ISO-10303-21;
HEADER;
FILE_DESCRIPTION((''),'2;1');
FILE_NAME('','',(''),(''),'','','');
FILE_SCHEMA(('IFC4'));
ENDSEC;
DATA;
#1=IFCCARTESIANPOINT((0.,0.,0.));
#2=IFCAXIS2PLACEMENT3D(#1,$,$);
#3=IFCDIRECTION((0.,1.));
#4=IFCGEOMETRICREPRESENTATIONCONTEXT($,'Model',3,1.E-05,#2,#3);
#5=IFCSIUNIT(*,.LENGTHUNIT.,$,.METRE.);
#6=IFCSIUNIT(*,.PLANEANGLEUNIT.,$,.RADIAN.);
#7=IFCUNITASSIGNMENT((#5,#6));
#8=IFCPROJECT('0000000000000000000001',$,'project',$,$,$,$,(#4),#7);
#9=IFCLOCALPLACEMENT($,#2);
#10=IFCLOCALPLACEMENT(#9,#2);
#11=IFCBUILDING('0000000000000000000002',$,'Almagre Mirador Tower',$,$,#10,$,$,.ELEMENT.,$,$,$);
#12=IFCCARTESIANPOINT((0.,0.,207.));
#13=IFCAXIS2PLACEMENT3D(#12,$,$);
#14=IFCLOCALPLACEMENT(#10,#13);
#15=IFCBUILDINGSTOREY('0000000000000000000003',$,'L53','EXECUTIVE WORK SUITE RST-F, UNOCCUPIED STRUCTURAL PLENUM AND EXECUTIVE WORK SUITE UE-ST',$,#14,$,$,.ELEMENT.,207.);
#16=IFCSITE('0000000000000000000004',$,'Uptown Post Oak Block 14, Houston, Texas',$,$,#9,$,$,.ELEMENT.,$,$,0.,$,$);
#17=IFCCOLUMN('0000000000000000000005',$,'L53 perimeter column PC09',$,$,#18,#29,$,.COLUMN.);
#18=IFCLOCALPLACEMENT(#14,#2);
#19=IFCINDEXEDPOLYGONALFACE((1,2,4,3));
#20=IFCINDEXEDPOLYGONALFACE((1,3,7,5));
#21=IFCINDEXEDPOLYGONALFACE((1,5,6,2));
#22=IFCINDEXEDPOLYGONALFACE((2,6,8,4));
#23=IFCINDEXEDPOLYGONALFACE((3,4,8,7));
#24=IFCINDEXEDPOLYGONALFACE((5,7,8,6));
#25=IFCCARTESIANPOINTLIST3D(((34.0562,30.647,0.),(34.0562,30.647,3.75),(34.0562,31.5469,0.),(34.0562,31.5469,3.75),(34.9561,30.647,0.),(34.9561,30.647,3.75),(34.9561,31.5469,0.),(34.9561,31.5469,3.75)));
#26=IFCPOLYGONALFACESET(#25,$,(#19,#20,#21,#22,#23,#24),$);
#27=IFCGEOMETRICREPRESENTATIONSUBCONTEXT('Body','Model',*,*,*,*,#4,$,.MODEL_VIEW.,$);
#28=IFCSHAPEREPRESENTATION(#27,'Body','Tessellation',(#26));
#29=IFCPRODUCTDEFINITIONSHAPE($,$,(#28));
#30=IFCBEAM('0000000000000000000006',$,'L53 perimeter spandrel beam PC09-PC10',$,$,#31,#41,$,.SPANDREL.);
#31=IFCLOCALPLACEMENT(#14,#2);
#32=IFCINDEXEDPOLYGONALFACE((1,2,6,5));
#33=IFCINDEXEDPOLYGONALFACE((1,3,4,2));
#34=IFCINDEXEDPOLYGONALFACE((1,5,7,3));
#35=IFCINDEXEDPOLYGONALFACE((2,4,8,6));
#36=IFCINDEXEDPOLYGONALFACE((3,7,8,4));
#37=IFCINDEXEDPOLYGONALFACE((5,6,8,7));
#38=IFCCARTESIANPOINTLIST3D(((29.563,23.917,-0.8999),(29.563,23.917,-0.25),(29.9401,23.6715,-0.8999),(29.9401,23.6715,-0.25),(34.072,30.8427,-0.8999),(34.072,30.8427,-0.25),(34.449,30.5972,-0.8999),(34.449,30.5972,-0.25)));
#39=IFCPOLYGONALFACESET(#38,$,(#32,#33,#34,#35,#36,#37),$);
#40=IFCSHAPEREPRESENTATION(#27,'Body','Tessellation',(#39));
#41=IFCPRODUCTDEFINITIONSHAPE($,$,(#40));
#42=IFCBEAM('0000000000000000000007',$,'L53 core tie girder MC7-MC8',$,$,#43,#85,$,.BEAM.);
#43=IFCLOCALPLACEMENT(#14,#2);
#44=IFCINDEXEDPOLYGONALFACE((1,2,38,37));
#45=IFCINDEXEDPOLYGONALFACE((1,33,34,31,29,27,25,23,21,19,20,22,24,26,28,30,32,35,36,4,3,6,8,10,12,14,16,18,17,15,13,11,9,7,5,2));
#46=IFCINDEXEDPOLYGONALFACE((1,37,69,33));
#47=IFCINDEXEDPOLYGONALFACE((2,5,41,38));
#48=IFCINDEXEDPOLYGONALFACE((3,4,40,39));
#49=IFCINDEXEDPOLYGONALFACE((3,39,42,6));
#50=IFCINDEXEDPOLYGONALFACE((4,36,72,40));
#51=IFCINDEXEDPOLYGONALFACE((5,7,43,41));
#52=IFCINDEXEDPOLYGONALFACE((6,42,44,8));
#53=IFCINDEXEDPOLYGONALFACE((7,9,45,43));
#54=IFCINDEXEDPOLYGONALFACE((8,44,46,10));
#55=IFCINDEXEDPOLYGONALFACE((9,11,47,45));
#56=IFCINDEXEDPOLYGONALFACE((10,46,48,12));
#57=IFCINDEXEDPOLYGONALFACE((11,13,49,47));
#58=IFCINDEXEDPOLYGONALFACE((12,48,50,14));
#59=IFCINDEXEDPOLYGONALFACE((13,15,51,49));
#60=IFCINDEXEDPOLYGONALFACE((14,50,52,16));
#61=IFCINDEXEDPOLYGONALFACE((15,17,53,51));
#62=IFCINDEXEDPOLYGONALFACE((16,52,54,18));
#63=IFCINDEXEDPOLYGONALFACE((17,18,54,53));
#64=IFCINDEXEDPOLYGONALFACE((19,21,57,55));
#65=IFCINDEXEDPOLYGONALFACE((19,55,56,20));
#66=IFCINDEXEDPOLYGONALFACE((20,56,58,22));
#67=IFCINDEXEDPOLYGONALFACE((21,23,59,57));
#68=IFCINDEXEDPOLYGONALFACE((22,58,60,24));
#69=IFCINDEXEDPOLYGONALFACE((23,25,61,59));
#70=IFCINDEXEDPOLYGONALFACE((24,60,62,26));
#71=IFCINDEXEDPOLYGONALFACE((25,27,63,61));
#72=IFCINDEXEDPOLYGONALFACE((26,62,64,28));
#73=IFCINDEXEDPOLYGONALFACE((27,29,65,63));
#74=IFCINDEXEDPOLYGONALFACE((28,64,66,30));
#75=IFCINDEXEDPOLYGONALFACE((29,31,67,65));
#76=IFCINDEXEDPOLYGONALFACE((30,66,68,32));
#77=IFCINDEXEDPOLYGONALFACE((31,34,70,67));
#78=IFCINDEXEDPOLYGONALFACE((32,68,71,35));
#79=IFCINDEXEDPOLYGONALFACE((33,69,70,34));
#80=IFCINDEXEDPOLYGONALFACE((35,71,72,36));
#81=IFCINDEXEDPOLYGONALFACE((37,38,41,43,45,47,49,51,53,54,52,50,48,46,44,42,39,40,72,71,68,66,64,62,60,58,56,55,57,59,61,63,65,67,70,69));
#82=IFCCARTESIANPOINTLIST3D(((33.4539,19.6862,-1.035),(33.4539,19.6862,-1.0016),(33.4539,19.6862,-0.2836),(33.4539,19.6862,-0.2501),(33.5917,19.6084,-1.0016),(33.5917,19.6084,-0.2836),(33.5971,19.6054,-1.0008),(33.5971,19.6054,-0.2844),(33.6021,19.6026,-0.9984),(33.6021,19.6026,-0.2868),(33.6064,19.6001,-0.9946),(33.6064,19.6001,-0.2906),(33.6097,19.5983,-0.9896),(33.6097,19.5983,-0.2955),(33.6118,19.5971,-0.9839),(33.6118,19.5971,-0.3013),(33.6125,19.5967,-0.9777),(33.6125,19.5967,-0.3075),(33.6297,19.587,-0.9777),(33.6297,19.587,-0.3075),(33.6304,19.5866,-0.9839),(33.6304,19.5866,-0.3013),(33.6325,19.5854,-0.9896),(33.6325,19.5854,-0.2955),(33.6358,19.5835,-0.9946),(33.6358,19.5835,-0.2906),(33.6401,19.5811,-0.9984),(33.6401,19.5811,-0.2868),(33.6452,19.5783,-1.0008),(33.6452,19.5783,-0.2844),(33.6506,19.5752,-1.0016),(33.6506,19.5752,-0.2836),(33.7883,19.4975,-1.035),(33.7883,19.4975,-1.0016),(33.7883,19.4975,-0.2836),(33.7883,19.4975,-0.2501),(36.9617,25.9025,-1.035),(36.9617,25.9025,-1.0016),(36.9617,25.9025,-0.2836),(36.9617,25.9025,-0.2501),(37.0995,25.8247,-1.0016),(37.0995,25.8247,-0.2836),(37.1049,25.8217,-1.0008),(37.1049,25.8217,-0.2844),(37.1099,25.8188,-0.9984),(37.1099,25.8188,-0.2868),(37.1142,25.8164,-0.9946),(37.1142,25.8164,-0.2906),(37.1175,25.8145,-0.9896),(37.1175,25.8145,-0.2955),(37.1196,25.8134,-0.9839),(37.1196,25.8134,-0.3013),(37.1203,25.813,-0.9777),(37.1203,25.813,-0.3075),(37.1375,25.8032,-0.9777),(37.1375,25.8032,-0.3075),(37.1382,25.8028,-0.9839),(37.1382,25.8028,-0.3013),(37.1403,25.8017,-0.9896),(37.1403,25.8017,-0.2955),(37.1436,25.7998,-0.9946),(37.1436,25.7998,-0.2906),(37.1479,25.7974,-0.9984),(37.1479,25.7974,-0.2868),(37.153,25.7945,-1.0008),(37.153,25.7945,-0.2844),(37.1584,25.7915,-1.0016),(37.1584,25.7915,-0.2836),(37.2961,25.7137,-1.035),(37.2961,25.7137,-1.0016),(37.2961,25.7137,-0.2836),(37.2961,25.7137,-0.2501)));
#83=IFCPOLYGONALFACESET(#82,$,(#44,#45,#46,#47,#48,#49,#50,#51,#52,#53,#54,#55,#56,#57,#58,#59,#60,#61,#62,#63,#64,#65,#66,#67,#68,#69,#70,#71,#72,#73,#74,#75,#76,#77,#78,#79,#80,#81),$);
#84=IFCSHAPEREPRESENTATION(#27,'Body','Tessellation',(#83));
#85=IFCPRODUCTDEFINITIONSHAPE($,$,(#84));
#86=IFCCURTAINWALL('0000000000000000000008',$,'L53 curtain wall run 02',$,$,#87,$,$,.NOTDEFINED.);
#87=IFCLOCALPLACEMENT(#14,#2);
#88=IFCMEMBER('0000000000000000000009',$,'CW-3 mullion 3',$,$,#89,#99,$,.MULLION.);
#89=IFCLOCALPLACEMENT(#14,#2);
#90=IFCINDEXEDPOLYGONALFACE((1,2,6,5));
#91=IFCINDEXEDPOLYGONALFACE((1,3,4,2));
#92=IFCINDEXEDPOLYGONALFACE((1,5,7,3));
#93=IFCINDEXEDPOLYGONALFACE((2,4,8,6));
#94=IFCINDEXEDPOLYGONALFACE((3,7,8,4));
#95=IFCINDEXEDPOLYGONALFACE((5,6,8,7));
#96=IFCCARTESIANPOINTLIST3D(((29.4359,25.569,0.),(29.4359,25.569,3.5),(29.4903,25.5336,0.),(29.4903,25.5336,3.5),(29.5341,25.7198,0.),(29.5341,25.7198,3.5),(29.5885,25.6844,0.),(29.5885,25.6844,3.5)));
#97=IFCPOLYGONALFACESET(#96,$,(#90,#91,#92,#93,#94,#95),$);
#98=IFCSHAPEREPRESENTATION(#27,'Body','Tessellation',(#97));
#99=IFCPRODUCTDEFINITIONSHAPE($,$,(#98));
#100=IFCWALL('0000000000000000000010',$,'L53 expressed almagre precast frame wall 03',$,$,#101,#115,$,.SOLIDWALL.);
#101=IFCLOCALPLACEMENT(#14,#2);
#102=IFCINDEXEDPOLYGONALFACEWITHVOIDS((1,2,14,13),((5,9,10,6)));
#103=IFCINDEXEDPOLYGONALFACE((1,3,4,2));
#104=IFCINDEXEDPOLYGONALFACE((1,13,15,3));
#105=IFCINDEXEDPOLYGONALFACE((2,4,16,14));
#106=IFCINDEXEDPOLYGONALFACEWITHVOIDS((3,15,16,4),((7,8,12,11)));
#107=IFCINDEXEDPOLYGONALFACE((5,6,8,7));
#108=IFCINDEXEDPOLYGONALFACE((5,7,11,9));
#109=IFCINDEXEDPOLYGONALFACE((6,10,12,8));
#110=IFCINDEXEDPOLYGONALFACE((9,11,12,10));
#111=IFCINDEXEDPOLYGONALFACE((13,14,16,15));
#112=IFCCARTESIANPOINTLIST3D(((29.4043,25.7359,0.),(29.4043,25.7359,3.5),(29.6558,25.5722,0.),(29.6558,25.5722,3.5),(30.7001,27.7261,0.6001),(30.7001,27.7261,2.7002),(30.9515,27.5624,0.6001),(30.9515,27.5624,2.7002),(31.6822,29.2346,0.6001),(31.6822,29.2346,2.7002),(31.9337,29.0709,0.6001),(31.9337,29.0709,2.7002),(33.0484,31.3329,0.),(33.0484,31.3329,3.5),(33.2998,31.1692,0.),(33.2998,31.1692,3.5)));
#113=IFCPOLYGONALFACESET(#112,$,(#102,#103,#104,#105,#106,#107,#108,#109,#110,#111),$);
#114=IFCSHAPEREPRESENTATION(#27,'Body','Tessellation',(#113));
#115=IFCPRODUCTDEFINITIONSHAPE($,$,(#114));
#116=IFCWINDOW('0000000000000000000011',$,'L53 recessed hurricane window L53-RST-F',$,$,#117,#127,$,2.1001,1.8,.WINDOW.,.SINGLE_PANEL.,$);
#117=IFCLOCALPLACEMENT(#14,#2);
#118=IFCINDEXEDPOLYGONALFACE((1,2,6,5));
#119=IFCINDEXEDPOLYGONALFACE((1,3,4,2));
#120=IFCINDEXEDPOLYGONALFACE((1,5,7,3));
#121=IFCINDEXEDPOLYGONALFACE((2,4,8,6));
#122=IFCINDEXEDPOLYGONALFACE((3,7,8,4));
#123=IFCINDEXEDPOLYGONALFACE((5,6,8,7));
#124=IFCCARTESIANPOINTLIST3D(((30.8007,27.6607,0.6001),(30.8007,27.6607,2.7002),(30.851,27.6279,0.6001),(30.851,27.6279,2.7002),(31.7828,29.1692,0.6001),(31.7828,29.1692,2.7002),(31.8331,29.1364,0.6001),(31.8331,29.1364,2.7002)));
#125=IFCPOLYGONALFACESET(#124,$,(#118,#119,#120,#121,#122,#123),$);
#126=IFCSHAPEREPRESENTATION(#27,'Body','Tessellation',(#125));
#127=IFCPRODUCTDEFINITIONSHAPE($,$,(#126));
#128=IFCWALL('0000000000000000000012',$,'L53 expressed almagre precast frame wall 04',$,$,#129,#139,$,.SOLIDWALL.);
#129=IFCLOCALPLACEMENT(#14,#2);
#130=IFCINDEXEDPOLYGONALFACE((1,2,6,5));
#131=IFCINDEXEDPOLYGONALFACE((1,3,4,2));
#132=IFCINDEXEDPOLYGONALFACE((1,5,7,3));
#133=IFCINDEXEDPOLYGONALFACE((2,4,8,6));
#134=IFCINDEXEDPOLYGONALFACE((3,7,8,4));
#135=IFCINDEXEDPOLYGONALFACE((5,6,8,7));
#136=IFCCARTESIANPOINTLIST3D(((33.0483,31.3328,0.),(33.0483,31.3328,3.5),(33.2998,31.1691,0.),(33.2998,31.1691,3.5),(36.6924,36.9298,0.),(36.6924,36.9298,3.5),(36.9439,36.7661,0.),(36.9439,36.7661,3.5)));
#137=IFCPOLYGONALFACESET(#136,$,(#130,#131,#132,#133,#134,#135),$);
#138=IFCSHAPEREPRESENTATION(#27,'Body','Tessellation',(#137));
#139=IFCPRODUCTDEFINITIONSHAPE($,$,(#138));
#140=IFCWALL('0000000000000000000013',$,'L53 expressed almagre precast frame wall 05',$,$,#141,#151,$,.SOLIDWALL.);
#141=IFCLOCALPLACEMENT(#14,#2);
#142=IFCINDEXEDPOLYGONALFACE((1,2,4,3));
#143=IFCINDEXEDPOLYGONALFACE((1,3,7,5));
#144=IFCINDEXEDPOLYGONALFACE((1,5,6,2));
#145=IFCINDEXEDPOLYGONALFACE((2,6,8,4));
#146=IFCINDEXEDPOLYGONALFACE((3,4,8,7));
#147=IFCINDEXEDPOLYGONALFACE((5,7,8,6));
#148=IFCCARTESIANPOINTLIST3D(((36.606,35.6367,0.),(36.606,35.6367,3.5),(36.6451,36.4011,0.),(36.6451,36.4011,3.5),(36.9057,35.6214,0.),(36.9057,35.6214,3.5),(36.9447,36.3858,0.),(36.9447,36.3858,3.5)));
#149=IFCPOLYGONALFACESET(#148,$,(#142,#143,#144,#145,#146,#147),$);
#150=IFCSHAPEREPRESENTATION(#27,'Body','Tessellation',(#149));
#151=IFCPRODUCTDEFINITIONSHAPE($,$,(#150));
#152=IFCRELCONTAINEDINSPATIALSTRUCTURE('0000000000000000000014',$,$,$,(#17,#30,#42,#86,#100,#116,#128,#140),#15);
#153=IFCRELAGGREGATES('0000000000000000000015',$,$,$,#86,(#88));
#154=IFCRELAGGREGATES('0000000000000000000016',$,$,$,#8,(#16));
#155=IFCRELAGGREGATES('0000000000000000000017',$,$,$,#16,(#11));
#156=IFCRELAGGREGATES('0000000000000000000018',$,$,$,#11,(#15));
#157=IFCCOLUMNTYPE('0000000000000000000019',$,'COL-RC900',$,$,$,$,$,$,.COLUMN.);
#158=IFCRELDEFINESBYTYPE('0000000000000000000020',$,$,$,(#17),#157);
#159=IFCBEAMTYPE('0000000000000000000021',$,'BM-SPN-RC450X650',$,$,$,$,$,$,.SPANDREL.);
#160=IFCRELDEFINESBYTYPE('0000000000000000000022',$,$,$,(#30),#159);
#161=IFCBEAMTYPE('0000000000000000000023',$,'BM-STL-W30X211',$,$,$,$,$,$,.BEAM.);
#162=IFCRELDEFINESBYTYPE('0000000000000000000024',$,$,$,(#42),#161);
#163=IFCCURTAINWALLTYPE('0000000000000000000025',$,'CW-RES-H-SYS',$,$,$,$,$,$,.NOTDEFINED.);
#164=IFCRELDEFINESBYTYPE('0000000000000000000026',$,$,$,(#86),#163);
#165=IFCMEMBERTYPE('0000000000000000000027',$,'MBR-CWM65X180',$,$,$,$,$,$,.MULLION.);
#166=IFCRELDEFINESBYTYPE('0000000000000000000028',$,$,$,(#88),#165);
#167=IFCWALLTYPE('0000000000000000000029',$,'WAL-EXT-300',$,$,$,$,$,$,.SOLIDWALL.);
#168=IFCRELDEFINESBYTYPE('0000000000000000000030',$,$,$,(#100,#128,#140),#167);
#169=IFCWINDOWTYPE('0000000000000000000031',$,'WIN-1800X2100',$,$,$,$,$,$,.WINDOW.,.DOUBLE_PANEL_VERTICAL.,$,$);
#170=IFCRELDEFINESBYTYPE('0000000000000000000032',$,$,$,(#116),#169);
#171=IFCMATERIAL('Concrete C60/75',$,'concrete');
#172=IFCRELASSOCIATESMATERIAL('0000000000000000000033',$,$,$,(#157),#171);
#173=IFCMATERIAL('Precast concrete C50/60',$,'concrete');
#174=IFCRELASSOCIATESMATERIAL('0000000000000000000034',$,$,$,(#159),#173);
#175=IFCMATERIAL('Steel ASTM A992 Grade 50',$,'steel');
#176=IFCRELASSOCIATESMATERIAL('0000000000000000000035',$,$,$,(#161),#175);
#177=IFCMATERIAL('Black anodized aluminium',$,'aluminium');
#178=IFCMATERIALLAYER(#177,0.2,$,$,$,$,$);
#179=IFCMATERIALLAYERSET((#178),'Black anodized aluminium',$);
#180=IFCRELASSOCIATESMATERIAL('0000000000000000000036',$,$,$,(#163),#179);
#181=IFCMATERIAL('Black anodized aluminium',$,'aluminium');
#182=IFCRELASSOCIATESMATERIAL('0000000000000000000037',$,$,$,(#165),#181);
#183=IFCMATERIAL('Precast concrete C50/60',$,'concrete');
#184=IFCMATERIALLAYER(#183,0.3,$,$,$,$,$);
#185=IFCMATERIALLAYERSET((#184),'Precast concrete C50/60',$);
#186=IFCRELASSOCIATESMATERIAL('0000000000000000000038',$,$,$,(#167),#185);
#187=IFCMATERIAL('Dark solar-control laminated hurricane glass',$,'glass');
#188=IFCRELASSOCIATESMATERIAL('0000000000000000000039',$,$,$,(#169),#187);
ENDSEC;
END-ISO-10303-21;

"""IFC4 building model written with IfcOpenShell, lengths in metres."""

from ifc_helpers import new_model, si_unit, direction, frame, frame_2d, origin, origin_2d, place, context, subcontext, project, spatial, rectangle, i_section, extrude, material, layer, layer_set, material_profile, profile_set, type_object, element, fill, aggregate, save


model = new_model("IFC4")

# Units and contexts
model_context = context("Model", 3, precision=1e-05, world=origin(), true_north=direction((0.0, 1.0)))
body_context = subcontext(model_context, "Body", "Model", "MODEL_VIEW")
ifc_project = project(units=[si_unit("LENGTHUNIT", "METRE"), si_unit("PLANEANGLEUNIT", "RADIAN")], contexts=[model_context])

# Site, building, storey
site_placement = place(None, origin())
site = spatial("IfcSite", under=ifc_project, at=site_placement, Name="Uptown Post Oak Block 14, Houston, Texas", CompositionType="ELEMENT", RefElevation=0.0)
building_placement = place(site_placement, origin())
building = spatial("IfcBuilding", under=site, at=building_placement, Name="Almagre Mirador Tower", CompositionType="ELEMENT")
storey_placement = place(building_placement, frame((0.0, 0.0, 207.0)))
storey = spatial("IfcBuildingStorey", under=building, at=storey_placement, Name="L53", Description="EXECUTIVE WORK SUITE RST-F, UNOCCUPIED STRUCTURAL PLENUM AND EXECUTIVE WORK SUITE UE-ST", CompositionType="ELEMENT", Elevation=207.0)

# Column
ifc_material_1 = material(Name="Concrete C60/75", Category="concrete")
ifc_material_profile_1 = material_profile(ifc_material_1, rectangle(XDim=0.8999, YDim=0.8999, at=origin_2d()), Name="RC900X900")
ifc_profile_set_1 = profile_set([ifc_material_profile_1], Name="Concrete C60/75")
column_type = type_object("IfcColumnType", Name="COL-RC900", PredefinedType="COLUMN", material=ifc_profile_set_1)
column_placement = place(storey_placement, frame((34.5061, 31.0969, 0.0), z_axis=(0.0, 0.0, 1.0), x_axis=(1.0, 0.0, 0.0)))
element("IfcColumn", 1, at=column_placement, inside=storey, type_object=column_type, Name="L53 perimeter column PC09", PredefinedType="COLUMN", context=body_context, shape_type="SweptSolid", body=[
    extrude(rectangle(XDim=0.8999, YDim=0.8999, at=origin_2d()), origin(), (0.0, 0.0, 1.0), 3.75),
])

# Beams
ifc_material_2 = material(Name="Precast concrete C50/60", Category="concrete")
ifc_material_profile_2 = material_profile(ifc_material_2, rectangle(XDim=0.45, YDim=0.6499, at=origin_2d()), Name="RC450X650")
ifc_profile_set_2 = profile_set([ifc_material_profile_2], Name="Precast concrete C50/60")
beam_type_1 = type_object("IfcBeamType", Name="BM-SPN-RC450X650", PredefinedType="SPANDREL", material=ifc_profile_set_2)
beam_1_placement = place(storey_placement, frame((34.2605, 30.72, -0.575), z_axis=(-0.545607, -0.838041, 0.0), x_axis=(0.838041, -0.545607, 0.0)))
element("IfcBeam", 2, at=beam_1_placement, inside=storey, type_object=beam_type_1, Name="L53 perimeter spandrel beam PC09-PC10", PredefinedType="SPANDREL", context=body_context, shape_type="SweptSolid", body=[
    extrude(rectangle(XDim=0.45, YDim=0.6499, at=origin_2d()), origin(), (0.0, 0.0, 1.0), 8.2642),
])
ifc_material_3 = material(Name="Steel ASTM A992 Grade 50", Category="steel")
ifc_material_profile_3 = material_profile(ifc_material_3, i_section(OverallWidth=0.384, OverallDepth=0.7849, WebThickness=0.0198, FlangeThickness=0.0334, FilletRadius=0.0239, at=origin_2d()), Name="W30X211")
ifc_profile_set_3 = profile_set([ifc_material_profile_3], Name="Steel ASTM A992 Grade 50")
beam_type_2 = type_object("IfcBeamType", Name="BM-STL-W30X211", PredefinedType="BEAM", material=ifc_profile_set_3)
beam_2_placement = place(storey_placement, frame((37.1289, 25.8081, -0.6426), z_axis=(-0.491446, -0.870908, 0.0), x_axis=(0.870908, -0.491446, 0.0)))
element("IfcBeam", 3, at=beam_2_placement, inside=storey, type_object=beam_type_2, Name="L53 core tie girder MC7-MC8", PredefinedType="BEAM", context=body_context, shape_type="SweptSolid", body=[
    extrude(i_section(OverallWidth=0.384, OverallDepth=0.7849, WebThickness=0.0198, FlangeThickness=0.0334, FilletRadius=0.0239, at=origin_2d()), origin(), (0.0, 0.0, 1.0), 7.1377),
])

# Curtain wall, member
ifc_material_4 = material(Name="Black anodized aluminium", Category="aluminium")
ifc_layer_1 = layer(ifc_material_4, 0.2)
ifc_layer_set_1 = layer_set([ifc_layer_1], Name="Black anodized aluminium")
curtain_wall_type = type_object("IfcCurtainWallType", Name="CW-RES-H-SYS", PredefinedType="NOTDEFINED", material=ifc_layer_set_1)
curtain_wall_placement = place(storey_placement, origin())
curtain_wall = element("IfcCurtainWall", 4, at=curtain_wall_placement, inside=storey, type_object=curtain_wall_type, Name="L53 curtain wall run 02", PredefinedType="NOTDEFINED")
ifc_material_5 = material(Name="Black anodized aluminium", Category="aluminium")
ifc_material_profile_4 = material_profile(ifc_material_5, rectangle(XDim=0.0649, YDim=0.1799, at=origin_2d()), Name="CWM65X180")
ifc_profile_set_4 = profile_set([ifc_material_profile_4], Name="Black anodized aluminium")
member_type = type_object("IfcMemberType", Name="MBR-CWM65X180", PredefinedType="MULLION", material=ifc_profile_set_4)
member_placement = place(storey_placement, frame((29.5122, 25.6267, 0.0), z_axis=(0.0, 0.0, 1.0), x_axis=(-0.838036, 0.545614, 0.0)))
member = element("IfcMember", 5, at=member_placement, type_object=member_type, Name="CW-3 mullion 3", PredefinedType="MULLION", context=body_context, shape_type="SweptSolid", body=[
    extrude(rectangle(XDim=0.0649, YDim=0.1799, at=origin_2d()), origin(), (0.0, 0.0, 1.0), 3.5),
])
aggregate(curtain_wall, [member])

# Wall, opening, window
ifc_material_6 = material(Name="Precast concrete C50/60", Category="concrete")
ifc_layer_2 = layer(ifc_material_6, 0.3)
ifc_layer_set_2 = layer_set([ifc_layer_2], Name="Precast concrete C50/60")
wall_type_1 = type_object("IfcWallType", Name="WAL-EXT-300", PredefinedType="SOLIDWALL", material=ifc_layer_set_2)
wall_1_placement = place(storey_placement, frame((29.53, 25.6541, 0.0), z_axis=(0.0, 0.0, 1.0), x_axis=(0.545624, 0.83803, 0.0)))
wall_1 = element("IfcWall", 6, at=wall_1_placement, inside=storey, type_object=wall_type_1, Name="L53 expressed almagre precast frame wall 03", PredefinedType="SOLIDWALL", context=body_context, shape_type="SweptSolid", body=[
    extrude(rectangle(XDim=6.6787, YDim=0.3, at=frame_2d((3.3394, 0.0))), origin(), (0.0, 0.0, 1.0), 3.5),
])
opening_1_placement = place(wall_1_placement, frame((2.375, 0.0, 0.6001)))
opening_1 = element("IfcOpeningElement", 7, at=opening_1_placement, cuts=wall_1, PredefinedType="OPENING", context=body_context, shape_type="SweptSolid", body=[
    extrude(rectangle(XDim=1.8, YDim=2.1001, at=frame_2d((0.8999, 1.05))), frame((0.0, 0.1599, 0.0), z_axis=(0.0, -1.0, 0.0), x_axis=(1.0, 0.0, 0.0)), (0.0, 0.0, 1.0), 0.32),
])
ifc_material_7 = material(Name="Dark solar-control laminated hurricane glass", Category="glass")
window_type_1 = type_object("IfcWindowType", Name="WIN-1800X2100", PartitioningType="DOUBLE_PANEL_VERTICAL", PredefinedType="WINDOW", material=ifc_material_7)
window_1_placement = place(opening_1_placement, origin())
window_1 = element("IfcWindow", 8, at=window_1_placement, inside=storey, type_object=window_type_1, Name="L53 recessed hurricane window L53-RST-F", OverallHeight=2.1001, OverallWidth=1.8, PartitioningType="SINGLE_PANEL", PredefinedType="WINDOW", context=body_context, shape_type="SweptSolid", body=[
    extrude(rectangle(XDim=1.8, YDim=2.1001, at=frame_2d((0.8999, 1.05))), frame((0.0, 0.03, 0.0), z_axis=(0.0, -1.0, 0.0), x_axis=(1.0, 0.0, 0.0)), (0.0, 0.0, 1.0), 0.0601),
])
fill(opening_1, window_1)

# Walls
wall_2_placement = place(storey_placement, frame((33.1741, 31.251, 0.0), z_axis=(0.0, 0.0, 1.0), x_axis=(0.545624, 0.83803, 0.0)))
element("IfcWall", 9, at=wall_2_placement, inside=storey, type_object=wall_type_1, Name="L53 expressed almagre precast frame wall 04", PredefinedType="SOLIDWALL", context=body_context, shape_type="SweptSolid", body=[
    extrude(rectangle(XDim=6.6787, YDim=0.3, at=frame_2d((3.3394, 0.0))), origin(), (0.0, 0.0, 1.0), 3.5),
])
wall_3_placement = place(storey_placement, frame((36.7949, 36.3936, 0.0), z_axis=(0.0, 0.0, 1.0), x_axis=(-0.051035, -0.998697, 0.0)))
element("IfcWall", 10, at=wall_3_placement, inside=storey, type_object=wall_type_1, Name="L53 expressed almagre precast frame wall 05", PredefinedType="SOLIDWALL", context=body_context, shape_type="SweptSolid", body=[
    extrude(rectangle(XDim=0.7654, YDim=0.3, at=frame_2d((0.3828, 0.0))), origin(), (0.0, 0.0, 1.0), 3.5),
])

save(model, "model.ifc")
